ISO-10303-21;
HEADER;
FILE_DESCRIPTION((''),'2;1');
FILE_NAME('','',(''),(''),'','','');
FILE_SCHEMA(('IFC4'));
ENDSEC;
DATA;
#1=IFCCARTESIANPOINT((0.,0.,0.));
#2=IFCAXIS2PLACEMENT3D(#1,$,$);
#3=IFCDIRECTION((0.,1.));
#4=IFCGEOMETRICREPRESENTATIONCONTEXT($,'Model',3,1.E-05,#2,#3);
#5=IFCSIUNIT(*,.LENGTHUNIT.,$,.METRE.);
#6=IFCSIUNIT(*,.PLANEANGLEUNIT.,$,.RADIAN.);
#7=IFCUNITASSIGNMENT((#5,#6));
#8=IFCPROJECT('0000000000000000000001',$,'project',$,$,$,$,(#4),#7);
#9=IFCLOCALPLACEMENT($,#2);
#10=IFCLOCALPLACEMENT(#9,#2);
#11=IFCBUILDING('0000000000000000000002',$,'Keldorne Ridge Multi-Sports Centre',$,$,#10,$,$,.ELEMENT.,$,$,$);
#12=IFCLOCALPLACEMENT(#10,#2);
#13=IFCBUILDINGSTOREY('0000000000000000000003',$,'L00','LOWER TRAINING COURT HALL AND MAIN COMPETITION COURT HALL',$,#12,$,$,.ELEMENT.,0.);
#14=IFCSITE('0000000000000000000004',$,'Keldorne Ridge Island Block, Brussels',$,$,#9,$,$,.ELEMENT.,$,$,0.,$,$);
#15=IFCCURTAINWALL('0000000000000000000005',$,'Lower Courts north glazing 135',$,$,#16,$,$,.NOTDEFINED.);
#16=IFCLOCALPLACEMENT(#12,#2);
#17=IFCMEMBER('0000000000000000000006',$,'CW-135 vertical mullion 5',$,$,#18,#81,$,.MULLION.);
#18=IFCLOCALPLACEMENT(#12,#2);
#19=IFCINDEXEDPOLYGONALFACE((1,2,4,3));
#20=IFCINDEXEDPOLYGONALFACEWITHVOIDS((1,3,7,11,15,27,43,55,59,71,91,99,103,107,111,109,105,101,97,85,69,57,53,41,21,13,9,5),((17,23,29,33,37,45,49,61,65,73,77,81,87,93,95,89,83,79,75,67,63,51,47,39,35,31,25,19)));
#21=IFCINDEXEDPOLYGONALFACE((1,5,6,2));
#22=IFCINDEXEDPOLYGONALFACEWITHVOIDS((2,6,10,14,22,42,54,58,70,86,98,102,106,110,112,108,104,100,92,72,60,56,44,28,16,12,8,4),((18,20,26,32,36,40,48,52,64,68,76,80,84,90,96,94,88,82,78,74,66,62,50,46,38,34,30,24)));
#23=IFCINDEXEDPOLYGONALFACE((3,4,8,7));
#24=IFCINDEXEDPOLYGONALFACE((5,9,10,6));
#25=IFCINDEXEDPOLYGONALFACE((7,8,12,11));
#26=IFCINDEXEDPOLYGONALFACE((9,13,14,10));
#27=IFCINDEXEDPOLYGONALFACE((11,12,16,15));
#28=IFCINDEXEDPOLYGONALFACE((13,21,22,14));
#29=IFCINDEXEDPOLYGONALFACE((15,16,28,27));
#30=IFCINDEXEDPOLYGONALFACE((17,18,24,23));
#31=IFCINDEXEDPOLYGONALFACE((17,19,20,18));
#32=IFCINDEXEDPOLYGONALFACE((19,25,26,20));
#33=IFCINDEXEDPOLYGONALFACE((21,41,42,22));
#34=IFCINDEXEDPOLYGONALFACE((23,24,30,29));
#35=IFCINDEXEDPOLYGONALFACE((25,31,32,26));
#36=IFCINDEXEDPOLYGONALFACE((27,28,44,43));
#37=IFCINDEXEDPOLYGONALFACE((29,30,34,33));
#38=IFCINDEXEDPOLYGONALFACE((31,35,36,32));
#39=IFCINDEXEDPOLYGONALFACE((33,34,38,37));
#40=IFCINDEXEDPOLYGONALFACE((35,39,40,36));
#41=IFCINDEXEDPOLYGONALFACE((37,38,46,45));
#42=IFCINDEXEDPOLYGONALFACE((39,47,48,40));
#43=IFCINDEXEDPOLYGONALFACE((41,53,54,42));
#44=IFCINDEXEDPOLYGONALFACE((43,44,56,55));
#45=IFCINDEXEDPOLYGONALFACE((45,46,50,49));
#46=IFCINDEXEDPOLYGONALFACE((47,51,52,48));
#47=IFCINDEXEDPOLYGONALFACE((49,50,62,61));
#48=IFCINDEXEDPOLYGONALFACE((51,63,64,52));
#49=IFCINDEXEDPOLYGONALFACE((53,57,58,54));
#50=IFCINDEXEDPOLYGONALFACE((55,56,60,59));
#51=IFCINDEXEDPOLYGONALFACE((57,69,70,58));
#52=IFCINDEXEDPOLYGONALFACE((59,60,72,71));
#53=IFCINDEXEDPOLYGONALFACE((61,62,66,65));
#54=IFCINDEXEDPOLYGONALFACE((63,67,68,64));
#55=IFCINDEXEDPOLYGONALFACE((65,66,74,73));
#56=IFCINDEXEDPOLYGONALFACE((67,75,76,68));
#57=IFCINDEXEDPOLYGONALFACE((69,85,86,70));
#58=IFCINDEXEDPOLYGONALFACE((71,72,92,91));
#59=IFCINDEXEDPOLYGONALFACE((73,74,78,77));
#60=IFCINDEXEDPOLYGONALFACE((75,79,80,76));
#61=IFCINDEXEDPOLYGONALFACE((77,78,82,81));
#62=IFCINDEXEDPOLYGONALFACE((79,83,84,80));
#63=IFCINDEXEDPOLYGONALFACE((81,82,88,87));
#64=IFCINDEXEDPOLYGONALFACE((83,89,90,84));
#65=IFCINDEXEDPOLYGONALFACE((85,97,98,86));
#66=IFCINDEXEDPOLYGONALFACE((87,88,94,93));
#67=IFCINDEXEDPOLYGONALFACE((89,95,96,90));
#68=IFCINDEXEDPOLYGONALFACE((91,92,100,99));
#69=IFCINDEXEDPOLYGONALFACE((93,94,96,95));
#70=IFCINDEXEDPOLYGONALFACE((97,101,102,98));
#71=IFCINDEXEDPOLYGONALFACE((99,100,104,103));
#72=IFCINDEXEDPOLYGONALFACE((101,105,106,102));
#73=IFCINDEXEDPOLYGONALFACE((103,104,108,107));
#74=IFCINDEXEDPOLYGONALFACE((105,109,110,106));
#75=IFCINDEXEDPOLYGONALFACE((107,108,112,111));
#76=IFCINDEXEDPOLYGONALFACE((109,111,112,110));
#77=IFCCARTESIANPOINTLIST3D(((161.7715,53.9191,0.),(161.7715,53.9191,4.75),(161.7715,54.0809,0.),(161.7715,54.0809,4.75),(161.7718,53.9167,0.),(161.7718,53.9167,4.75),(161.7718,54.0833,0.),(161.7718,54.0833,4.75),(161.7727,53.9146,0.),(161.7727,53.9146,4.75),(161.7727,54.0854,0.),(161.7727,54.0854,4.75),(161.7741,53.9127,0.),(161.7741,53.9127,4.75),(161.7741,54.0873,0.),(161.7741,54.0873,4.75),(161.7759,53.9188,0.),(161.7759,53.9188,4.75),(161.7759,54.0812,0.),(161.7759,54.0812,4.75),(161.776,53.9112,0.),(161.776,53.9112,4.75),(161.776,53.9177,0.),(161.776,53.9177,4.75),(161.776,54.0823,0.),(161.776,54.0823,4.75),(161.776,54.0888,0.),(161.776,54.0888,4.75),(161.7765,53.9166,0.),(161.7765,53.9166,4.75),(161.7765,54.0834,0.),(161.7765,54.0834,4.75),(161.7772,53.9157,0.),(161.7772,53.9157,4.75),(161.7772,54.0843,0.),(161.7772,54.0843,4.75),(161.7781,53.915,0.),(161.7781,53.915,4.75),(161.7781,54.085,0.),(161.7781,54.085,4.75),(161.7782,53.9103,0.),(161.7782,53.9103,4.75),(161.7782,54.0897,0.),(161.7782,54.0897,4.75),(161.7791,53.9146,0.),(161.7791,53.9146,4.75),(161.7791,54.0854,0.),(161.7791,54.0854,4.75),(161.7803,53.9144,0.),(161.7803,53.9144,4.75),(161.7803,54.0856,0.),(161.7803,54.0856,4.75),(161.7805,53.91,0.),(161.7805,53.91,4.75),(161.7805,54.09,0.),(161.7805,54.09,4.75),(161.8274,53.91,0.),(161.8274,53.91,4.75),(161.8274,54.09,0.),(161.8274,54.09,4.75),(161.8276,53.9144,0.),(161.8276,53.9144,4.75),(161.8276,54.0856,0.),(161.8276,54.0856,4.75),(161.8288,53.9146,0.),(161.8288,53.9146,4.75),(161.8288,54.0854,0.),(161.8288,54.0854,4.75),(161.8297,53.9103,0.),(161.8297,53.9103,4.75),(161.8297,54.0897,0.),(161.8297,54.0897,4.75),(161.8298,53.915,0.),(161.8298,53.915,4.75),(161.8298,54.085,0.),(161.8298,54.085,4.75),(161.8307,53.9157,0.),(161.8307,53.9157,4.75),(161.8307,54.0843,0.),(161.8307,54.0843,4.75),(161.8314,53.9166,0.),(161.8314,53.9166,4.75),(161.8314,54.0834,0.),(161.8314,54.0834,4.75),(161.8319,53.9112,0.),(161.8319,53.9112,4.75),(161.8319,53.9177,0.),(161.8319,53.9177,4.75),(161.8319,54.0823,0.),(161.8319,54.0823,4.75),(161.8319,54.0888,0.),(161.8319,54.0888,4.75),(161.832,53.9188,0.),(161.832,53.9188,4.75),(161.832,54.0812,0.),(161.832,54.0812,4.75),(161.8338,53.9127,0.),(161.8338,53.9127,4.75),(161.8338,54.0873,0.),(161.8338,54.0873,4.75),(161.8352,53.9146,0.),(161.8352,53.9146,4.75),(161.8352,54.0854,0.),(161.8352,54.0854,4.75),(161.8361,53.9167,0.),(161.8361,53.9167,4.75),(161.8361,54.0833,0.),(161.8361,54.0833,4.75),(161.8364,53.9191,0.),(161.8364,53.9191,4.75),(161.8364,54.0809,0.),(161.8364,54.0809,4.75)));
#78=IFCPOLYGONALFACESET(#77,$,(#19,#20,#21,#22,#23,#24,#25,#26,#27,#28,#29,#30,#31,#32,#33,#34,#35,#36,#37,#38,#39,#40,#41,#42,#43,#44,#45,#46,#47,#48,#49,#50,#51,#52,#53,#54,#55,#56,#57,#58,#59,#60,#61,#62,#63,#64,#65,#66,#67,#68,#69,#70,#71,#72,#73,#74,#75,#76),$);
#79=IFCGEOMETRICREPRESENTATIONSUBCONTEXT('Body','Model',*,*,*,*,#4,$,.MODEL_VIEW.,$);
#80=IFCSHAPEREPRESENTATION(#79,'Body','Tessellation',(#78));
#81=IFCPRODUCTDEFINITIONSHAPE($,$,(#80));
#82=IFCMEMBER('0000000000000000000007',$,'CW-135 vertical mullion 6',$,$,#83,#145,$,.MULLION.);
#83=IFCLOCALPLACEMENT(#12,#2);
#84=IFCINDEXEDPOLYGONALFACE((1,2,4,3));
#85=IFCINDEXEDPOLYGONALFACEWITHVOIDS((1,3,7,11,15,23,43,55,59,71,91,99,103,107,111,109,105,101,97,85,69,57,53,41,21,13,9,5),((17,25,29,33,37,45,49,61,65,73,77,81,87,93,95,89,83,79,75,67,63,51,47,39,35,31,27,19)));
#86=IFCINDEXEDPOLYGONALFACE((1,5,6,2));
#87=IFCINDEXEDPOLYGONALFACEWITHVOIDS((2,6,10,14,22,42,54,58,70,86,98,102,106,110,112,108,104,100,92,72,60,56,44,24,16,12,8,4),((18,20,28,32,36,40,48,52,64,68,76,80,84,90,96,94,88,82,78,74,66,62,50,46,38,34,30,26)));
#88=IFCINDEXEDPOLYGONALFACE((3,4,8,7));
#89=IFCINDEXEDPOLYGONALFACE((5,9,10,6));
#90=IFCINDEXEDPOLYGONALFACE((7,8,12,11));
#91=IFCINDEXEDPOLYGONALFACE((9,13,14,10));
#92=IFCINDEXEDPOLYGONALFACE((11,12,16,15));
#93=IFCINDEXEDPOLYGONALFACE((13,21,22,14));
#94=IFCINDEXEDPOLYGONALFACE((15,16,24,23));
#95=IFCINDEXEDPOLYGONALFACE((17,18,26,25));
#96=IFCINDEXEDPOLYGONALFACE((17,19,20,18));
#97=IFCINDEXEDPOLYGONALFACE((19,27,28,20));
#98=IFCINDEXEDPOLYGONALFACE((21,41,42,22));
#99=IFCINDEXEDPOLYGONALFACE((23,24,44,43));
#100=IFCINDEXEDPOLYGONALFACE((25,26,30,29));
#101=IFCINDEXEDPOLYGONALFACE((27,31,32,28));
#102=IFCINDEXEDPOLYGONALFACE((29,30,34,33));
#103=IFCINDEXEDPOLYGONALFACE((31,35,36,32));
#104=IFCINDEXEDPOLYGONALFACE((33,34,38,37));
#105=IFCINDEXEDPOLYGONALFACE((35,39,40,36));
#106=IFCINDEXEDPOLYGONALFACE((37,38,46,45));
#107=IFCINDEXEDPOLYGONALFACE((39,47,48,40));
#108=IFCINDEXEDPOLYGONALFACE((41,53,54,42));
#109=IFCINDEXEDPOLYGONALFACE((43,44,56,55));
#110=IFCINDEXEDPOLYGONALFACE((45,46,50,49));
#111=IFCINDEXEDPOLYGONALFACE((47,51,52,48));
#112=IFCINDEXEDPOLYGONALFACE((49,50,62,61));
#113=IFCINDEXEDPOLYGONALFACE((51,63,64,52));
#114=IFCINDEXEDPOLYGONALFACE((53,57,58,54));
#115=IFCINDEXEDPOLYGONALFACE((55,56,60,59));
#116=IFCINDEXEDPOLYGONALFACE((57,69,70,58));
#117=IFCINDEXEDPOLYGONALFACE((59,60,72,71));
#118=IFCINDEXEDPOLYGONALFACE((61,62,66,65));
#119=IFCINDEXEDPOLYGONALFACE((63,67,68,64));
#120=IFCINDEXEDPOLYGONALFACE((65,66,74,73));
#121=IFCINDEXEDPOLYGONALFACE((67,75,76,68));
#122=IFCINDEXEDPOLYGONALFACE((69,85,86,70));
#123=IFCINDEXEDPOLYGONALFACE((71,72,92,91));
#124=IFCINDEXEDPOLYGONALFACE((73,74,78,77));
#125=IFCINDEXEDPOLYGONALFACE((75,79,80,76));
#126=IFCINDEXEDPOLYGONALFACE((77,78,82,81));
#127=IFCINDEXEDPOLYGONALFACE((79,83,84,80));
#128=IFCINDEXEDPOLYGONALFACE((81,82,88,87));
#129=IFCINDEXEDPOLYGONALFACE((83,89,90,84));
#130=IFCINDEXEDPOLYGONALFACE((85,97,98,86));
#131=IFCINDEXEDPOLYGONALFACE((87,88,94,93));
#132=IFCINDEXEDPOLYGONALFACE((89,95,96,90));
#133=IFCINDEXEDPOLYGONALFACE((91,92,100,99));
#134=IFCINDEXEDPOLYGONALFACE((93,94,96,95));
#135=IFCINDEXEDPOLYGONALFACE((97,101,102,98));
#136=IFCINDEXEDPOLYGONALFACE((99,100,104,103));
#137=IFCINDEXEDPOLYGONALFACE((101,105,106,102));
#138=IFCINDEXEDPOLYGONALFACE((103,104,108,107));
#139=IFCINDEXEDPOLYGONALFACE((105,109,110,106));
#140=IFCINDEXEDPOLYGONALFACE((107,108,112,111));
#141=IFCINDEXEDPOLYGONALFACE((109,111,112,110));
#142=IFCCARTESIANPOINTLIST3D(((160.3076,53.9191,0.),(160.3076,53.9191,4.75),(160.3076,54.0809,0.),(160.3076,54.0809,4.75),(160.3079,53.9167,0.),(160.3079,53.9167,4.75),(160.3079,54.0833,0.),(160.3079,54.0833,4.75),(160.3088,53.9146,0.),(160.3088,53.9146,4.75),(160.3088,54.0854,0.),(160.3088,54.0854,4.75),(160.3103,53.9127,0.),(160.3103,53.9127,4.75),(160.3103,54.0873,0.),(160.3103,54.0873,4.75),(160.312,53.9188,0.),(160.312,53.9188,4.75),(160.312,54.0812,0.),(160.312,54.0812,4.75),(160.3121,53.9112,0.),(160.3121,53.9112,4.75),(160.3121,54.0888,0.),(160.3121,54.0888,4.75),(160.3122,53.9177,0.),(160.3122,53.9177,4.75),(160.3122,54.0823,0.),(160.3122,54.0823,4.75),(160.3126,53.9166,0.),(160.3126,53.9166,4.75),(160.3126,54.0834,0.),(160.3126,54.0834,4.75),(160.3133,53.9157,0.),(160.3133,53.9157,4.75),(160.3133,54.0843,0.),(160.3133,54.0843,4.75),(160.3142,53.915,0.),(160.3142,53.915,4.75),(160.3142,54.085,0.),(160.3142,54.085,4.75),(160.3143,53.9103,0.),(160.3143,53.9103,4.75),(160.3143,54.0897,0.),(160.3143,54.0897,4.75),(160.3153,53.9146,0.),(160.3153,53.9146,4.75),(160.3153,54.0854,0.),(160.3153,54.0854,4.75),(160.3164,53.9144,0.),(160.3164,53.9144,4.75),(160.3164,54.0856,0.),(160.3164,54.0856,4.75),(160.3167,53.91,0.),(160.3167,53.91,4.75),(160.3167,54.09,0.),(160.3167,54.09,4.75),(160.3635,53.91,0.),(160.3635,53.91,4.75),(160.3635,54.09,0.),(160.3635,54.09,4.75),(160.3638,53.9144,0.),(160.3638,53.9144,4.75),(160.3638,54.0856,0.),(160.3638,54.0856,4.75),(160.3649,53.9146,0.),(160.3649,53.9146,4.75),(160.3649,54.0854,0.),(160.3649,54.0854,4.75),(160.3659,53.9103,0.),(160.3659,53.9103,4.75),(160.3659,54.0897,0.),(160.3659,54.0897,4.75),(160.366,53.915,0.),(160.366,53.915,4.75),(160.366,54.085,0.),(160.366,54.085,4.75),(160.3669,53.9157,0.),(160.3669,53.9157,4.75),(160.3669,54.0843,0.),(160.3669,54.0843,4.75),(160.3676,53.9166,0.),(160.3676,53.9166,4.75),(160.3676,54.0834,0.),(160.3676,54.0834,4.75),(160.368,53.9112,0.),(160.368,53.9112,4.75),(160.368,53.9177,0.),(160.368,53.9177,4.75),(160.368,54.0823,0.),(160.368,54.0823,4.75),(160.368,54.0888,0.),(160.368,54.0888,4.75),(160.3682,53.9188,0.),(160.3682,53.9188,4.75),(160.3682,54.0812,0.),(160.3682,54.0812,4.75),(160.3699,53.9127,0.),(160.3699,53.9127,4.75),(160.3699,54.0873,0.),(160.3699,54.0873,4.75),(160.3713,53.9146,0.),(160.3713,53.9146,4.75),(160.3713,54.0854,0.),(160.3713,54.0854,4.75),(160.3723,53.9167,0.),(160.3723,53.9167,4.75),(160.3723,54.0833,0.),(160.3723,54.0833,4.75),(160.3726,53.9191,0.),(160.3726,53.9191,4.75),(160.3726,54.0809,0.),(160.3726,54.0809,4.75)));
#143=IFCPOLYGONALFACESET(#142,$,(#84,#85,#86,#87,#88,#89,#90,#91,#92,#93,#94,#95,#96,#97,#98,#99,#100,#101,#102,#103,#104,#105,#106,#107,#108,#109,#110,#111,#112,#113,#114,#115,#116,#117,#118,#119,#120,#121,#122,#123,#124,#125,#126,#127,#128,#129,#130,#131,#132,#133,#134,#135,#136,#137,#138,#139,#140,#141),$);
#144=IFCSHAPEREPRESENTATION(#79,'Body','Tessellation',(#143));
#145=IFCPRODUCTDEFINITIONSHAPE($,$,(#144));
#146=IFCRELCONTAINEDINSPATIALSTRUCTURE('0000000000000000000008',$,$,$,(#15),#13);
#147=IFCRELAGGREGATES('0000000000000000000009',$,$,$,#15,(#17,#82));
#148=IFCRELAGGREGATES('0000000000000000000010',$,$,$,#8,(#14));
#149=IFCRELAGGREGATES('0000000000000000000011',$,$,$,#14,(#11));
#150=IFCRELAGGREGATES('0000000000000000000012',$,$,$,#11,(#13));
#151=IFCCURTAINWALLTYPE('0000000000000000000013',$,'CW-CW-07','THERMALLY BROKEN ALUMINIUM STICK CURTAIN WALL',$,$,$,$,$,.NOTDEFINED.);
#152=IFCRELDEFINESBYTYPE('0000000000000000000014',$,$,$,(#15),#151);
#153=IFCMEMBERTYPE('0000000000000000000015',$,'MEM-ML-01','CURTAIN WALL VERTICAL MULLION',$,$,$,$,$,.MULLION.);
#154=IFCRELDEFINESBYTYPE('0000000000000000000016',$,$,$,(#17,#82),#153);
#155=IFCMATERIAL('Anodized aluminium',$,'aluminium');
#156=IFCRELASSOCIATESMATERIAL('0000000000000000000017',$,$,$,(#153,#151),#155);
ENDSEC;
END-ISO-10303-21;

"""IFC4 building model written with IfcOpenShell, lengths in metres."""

from ifc_helpers import new_model, si_unit, direction, frame, origin, origin_2d, place, context, subcontext, project, spatial, hollow_rectangle, extrude, material, material_profile, profile_set, type_object, element, aggregate, save


model = new_model("IFC4")

# Units and contexts
model_context = context("Model", 3, precision=1e-05, world=origin(), true_north=direction((0.0, 1.0)))
body_context = subcontext(model_context, "Body", "Model", "MODEL_VIEW")
ifc_project = project(units=[si_unit("LENGTHUNIT", "METRE"), si_unit("PLANEANGLEUNIT", "RADIAN")], contexts=[model_context])

# Site, building, storey
site_placement = place(None, origin())
site = spatial("IfcSite", under=ifc_project, at=site_placement, Name="Keldorne Ridge Island Block, Brussels", CompositionType="ELEMENT", RefElevation=0.0)
building_placement = place(site_placement, origin())
building = spatial("IfcBuilding", under=site, at=building_placement, Name="Keldorne Ridge Multi-Sports Centre", CompositionType="ELEMENT")
storey_placement = place(building_placement, origin())
storey = spatial("IfcBuildingStorey", under=building, at=storey_placement, Name="L00", Description="LOWER TRAINING COURT HALL AND MAIN COMPETITION COURT HALL", CompositionType="ELEMENT", Elevation=0.0)

# Curtain wall, members
ifc_material_1 = material(Name="Anodized aluminium", Category="aluminium")
ifc_material_profile_1 = material_profile(ifc_material_1, hollow_rectangle(XDim=0.0649, YDim=0.1799, WallThickness=0.0044, InnerFilletRadius=0.0044, OuterFilletRadius=0.009, at=origin_2d()), Name="ALU MULLION 180x65x4.5")
ifc_profile_set_1 = profile_set([ifc_material_profile_1], Name="Anodized aluminium")
member_type_1 = type_object("IfcMemberType", Name="MEM-ML-01", Description="CURTAIN WALL VERTICAL MULLION", PredefinedType="MULLION", material=ifc_profile_set_1)
curtain_wall_type_1 = type_object("IfcCurtainWallType", Name="CW-CW-07", Description="THERMALLY BROKEN ALUMINIUM STICK CURTAIN WALL", PredefinedType="NOTDEFINED", material=ifc_material_1)
curtain_wall_1_placement = place(storey_placement, origin())
curtain_wall_1 = element("IfcCurtainWall", 1, at=curtain_wall_1_placement, inside=storey, type_object=curtain_wall_type_1, Name="Lower Courts north glazing 135", PredefinedType="NOTDEFINED")
member_1_placement = place(storey_placement, frame((161.804, 54.0, 0.0), z_axis=(0.0, 0.0, 1.0), x_axis=(1.0, 0.0, 0.0)))
member_1 = element("IfcMember", 2, at=member_1_placement, type_object=member_type_1, Name="CW-135 vertical mullion 5", PredefinedType="MULLION", context=body_context, shape_type="SweptSolid", body=[
    extrude(hollow_rectangle(XDim=0.0649, YDim=0.1799, WallThickness=0.0044, InnerFilletRadius=0.0044, OuterFilletRadius=0.009, at=origin_2d()), origin(), (0.0, 0.0, 1.0), 4.75),
])
member_2_placement = place(storey_placement, frame((160.3401, 54.0, 0.0), z_axis=(0.0, 0.0, 1.0), x_axis=(1.0, 0.0, 0.0)))
member_2 = element("IfcMember", 3, at=member_2_placement, type_object=member_type_1, Name="CW-135 vertical mullion 6", PredefinedType="MULLION", context=body_context, shape_type="SweptSolid", body=[
    extrude(hollow_rectangle(XDim=0.0649, YDim=0.1799, WallThickness=0.0044, InnerFilletRadius=0.0044, OuterFilletRadius=0.009, at=origin_2d()), origin(), (0.0, 0.0, 1.0), 4.75),
])

aggregate(curtain_wall_1, [member_1, member_2])

save(model, "model.ifc")
